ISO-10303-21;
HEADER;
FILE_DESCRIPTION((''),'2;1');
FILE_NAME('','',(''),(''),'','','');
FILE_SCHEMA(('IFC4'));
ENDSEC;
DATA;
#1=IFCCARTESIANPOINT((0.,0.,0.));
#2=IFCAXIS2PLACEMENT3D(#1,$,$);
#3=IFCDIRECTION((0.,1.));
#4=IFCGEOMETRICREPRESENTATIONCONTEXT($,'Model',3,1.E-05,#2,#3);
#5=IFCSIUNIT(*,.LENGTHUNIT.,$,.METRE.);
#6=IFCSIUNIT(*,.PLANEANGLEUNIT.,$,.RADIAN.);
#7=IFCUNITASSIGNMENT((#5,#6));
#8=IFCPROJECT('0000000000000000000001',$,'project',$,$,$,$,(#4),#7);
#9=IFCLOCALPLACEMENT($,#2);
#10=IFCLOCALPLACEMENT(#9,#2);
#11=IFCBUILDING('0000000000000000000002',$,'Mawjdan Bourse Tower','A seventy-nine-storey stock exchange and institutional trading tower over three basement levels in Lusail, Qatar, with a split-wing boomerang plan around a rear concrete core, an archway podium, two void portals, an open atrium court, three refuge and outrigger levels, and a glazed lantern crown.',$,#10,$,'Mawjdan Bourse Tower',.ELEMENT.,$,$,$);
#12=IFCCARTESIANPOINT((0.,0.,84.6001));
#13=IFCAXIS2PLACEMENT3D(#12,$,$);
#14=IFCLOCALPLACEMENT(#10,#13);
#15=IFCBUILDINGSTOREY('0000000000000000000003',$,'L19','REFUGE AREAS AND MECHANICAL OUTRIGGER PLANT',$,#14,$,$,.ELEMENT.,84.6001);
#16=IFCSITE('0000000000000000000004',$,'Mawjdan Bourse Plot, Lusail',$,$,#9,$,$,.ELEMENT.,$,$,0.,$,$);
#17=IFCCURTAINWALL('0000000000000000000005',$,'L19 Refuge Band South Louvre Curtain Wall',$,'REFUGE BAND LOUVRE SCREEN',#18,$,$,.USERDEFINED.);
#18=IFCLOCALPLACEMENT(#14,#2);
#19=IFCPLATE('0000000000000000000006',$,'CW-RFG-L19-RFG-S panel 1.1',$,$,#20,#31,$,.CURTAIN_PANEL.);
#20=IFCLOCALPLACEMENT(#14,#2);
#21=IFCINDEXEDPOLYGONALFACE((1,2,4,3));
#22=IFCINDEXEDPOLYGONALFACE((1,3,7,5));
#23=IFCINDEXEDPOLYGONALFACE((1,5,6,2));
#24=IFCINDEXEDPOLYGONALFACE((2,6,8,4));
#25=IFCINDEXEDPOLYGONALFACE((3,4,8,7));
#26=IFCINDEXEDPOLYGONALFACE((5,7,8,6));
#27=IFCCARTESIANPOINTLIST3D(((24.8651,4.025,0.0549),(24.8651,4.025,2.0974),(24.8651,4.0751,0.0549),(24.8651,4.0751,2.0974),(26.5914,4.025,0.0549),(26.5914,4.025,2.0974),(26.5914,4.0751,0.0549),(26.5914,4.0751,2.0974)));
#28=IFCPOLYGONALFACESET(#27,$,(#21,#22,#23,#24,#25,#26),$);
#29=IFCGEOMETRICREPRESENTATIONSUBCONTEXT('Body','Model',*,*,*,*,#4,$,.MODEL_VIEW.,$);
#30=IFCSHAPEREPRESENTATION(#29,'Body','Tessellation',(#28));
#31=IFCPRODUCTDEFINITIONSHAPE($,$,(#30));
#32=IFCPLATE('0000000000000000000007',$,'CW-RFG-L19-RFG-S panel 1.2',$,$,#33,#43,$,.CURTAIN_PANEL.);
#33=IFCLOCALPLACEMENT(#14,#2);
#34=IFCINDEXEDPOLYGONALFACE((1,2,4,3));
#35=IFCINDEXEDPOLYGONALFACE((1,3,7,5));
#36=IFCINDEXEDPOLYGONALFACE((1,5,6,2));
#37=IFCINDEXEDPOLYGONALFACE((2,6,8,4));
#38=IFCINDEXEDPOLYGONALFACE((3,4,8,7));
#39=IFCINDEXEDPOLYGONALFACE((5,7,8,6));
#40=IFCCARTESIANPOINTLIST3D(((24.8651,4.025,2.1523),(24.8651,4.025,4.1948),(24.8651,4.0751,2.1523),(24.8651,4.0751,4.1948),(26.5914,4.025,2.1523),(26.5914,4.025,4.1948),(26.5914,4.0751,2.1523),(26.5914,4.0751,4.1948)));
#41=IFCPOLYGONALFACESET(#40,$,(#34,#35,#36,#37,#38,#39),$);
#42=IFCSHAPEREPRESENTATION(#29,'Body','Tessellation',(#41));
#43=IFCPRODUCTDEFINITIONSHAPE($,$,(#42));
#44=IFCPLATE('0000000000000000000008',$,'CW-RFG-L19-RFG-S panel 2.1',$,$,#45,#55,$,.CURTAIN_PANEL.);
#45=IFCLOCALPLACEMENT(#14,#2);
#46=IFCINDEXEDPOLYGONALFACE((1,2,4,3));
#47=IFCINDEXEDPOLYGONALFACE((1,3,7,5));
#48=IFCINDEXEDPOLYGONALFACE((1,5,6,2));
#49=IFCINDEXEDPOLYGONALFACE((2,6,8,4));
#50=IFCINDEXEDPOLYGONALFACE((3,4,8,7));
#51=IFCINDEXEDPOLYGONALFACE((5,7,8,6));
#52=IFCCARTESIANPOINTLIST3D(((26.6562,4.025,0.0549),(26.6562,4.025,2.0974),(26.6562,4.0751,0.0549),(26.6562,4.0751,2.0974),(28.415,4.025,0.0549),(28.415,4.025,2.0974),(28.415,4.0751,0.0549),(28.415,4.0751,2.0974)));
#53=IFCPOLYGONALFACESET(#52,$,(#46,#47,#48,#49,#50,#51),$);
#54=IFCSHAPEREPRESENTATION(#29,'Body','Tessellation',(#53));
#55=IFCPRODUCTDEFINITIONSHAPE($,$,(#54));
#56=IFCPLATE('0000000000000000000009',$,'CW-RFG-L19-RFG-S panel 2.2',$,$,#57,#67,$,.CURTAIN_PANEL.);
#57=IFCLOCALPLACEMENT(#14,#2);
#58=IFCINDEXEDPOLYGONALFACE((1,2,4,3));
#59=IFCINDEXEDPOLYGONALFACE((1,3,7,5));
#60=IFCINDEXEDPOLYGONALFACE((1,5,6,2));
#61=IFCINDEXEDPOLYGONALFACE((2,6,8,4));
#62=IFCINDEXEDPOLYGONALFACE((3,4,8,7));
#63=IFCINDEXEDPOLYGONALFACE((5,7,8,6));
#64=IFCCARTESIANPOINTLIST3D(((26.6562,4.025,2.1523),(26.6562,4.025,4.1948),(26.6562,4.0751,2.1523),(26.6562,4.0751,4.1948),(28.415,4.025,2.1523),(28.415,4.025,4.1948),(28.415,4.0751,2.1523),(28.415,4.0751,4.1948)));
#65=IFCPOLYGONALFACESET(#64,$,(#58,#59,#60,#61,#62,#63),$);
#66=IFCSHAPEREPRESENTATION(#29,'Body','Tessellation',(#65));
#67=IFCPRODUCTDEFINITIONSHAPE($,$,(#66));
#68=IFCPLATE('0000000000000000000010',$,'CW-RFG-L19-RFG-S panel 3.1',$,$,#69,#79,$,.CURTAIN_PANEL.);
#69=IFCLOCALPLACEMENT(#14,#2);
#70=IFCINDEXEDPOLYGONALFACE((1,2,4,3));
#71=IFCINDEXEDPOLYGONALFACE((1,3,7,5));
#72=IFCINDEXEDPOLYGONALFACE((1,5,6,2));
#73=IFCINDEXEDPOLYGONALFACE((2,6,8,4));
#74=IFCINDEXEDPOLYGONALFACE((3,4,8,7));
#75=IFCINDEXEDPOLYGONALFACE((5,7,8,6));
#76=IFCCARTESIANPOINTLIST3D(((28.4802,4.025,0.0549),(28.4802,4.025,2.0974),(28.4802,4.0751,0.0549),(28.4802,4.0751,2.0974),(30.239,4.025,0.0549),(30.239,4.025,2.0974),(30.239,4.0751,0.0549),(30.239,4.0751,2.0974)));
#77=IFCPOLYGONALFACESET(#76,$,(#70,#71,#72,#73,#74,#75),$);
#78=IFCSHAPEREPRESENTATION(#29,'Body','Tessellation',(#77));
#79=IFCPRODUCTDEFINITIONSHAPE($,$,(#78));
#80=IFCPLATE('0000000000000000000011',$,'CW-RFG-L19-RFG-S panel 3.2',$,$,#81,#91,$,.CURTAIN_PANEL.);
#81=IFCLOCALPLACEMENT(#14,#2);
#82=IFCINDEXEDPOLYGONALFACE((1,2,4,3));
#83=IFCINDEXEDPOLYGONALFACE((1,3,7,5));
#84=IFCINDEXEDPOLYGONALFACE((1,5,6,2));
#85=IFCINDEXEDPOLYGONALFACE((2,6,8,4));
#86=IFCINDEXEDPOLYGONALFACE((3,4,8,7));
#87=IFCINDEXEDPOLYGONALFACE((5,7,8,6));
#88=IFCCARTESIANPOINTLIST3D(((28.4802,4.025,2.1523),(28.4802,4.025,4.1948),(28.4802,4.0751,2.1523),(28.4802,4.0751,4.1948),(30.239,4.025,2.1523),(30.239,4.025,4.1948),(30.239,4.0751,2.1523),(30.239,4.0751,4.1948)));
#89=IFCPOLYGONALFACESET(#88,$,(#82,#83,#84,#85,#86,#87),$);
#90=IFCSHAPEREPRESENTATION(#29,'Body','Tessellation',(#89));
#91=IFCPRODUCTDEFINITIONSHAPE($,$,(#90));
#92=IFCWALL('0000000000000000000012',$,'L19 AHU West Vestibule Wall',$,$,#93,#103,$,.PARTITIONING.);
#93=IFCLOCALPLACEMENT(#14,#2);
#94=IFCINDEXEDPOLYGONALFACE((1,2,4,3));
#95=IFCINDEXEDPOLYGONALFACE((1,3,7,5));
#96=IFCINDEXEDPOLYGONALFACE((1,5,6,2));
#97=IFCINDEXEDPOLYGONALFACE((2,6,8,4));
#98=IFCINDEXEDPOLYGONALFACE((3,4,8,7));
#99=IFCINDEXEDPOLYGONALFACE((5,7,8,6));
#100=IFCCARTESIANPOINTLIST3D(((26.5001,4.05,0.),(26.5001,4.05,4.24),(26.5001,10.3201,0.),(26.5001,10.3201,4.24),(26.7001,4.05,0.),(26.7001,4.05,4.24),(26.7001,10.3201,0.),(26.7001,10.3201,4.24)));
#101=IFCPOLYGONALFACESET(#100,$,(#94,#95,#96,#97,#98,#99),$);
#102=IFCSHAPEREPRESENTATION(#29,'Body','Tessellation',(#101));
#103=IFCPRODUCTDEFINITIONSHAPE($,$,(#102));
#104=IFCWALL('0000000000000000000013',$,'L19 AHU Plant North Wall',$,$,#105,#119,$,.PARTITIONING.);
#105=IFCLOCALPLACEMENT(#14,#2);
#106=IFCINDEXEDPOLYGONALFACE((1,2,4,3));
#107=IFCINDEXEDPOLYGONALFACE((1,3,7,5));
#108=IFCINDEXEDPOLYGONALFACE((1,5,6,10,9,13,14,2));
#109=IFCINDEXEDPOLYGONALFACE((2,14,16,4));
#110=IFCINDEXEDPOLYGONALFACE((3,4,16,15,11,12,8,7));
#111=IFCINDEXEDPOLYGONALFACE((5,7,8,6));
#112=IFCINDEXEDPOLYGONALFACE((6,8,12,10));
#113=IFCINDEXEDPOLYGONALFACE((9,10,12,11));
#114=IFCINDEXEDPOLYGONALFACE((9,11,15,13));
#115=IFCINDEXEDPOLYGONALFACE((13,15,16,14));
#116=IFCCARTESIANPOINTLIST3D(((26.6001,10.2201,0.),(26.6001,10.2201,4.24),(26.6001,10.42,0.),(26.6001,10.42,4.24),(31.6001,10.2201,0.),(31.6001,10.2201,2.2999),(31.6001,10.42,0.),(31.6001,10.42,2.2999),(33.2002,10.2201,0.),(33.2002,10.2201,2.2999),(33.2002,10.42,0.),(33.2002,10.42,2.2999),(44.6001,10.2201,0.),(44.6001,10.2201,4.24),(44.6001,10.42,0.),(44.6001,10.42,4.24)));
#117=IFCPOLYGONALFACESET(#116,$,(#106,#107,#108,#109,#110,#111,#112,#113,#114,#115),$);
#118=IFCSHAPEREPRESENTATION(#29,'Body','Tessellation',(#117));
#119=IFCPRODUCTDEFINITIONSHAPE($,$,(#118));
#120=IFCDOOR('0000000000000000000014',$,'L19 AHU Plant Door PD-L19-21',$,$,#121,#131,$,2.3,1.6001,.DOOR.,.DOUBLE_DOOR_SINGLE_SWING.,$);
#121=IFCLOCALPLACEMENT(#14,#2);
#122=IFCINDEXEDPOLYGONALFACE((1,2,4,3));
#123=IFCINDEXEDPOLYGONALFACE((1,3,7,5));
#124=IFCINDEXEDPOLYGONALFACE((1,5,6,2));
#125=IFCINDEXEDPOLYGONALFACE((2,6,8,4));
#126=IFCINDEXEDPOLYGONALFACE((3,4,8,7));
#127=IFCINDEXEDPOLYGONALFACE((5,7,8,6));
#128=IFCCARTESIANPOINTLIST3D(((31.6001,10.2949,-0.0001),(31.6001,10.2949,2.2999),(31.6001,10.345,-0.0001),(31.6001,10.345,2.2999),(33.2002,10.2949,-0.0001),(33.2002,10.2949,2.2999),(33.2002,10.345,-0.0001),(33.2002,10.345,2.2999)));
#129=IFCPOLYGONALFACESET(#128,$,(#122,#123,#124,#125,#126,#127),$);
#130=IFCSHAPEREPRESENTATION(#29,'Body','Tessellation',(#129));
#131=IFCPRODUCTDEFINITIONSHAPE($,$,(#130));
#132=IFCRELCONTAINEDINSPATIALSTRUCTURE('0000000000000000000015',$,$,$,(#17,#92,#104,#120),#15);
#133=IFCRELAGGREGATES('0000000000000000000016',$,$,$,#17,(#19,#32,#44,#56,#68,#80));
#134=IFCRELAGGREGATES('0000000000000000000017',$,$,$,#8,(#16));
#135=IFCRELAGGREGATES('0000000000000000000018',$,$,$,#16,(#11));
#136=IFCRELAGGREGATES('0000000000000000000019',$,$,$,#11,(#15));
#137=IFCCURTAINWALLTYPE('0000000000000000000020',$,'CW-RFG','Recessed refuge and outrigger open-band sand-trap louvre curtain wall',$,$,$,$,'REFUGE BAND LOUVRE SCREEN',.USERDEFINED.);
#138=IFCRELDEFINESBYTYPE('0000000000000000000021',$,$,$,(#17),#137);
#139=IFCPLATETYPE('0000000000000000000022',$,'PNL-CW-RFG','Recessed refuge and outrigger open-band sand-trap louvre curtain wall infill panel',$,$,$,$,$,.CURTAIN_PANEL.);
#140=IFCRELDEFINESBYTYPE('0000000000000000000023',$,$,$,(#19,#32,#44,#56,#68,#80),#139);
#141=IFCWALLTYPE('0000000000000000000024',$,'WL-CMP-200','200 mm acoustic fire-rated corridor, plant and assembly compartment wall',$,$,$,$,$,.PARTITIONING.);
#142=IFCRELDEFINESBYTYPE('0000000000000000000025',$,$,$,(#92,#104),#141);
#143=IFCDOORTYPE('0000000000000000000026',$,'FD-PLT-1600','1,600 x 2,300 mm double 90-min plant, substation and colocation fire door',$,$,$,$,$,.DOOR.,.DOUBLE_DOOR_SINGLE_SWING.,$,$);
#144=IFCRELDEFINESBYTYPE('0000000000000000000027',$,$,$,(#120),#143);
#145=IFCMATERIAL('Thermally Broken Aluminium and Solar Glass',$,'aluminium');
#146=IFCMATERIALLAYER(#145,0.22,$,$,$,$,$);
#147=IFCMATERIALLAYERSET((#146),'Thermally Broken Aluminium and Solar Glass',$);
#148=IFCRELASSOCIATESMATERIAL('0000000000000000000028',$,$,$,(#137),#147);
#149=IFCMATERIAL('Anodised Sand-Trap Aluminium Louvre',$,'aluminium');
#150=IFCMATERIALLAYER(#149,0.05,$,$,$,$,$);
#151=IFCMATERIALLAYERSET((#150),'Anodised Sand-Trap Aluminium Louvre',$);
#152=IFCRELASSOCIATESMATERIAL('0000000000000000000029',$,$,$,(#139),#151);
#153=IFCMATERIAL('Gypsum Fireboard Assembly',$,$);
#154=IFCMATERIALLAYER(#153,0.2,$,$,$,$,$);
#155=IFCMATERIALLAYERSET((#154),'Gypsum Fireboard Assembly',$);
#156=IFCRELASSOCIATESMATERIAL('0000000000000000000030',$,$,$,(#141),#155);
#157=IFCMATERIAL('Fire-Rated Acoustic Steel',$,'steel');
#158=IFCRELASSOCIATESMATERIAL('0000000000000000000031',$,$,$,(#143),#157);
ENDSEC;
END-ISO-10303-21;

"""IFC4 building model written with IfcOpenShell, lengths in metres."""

from ifc_helpers import new_model, si_unit, direction, frame, frame_2d, origin, origin_2d, place, context, subcontext, project, spatial, rectangle, extrude, material, layer, layer_set, type_object, element, fill, aggregate, save


model = new_model("IFC4")

# Units and contexts
model_context = context("Model", 3, precision=1e-05, world=origin(), true_north=direction((0.0, 1.0)))
body_context = subcontext(model_context, "Body", "Model", "MODEL_VIEW")
ifc_project = project(units=[si_unit("LENGTHUNIT", "METRE"), si_unit("PLANEANGLEUNIT", "RADIAN")], contexts=[model_context])

# Site, building, storey
site_placement = place(None, origin())
site = spatial("IfcSite", under=ifc_project, at=site_placement, Name="Mawjdan Bourse Plot, Lusail", CompositionType="ELEMENT", RefElevation=0.0)
building_placement = place(site_placement, origin())
building = spatial("IfcBuilding", under=site, at=building_placement, Name="Mawjdan Bourse Tower", Description="A seventy-nine-storey stock exchange and institutional trading tower over three basement levels in Lusail, Qatar, with a split-wing boomerang plan around a rear concrete core, an archway podium, two void portals, an open atrium court, three refuge and outrigger levels, and a glazed lantern crown.", LongName="Mawjdan Bourse Tower", CompositionType="ELEMENT")
storey_placement = place(building_placement, frame((0.0, 0.0, 84.6001)))
storey = spatial("IfcBuildingStorey", under=building, at=storey_placement, Name="L19", Description="REFUGE AREAS AND MECHANICAL OUTRIGGER PLANT", CompositionType="ELEMENT", Elevation=84.6001)

# Curtain wall
ifc_material_1 = material(Name="Thermally Broken Aluminium and Solar Glass", Category="aluminium")
ifc_layer_1 = layer(ifc_material_1, 0.22)
ifc_layer_set_1 = layer_set([ifc_layer_1], Name="Thermally Broken Aluminium and Solar Glass")
curtain_wall_type = type_object("IfcCurtainWallType", Name="CW-RFG", Description="Recessed refuge and outrigger open-band sand-trap louvre curtain wall", ElementType="REFUGE BAND LOUVRE SCREEN", PredefinedType="USERDEFINED", material=ifc_layer_set_1)
curtain_wall_placement = place(storey_placement, origin())
curtain_wall = element("IfcCurtainWall", 1, at=curtain_wall_placement, inside=storey, type_object=curtain_wall_type, Name="L19 Refuge Band South Louvre Curtain Wall", ObjectType="REFUGE BAND LOUVRE SCREEN", PredefinedType="USERDEFINED")

# Plates
ifc_material_2 = material(Name="Anodised Sand-Trap Aluminium Louvre", Category="aluminium")
ifc_layer_2 = layer(ifc_material_2, 0.05)
ifc_layer_set_2 = layer_set([ifc_layer_2], Name="Anodised Sand-Trap Aluminium Louvre")
plate_type_1 = type_object("IfcPlateType", Name="PNL-CW-RFG", Description="Recessed refuge and outrigger open-band sand-trap louvre curtain wall infill panel", PredefinedType="CURTAIN_PANEL", material=ifc_layer_set_2)
plate_1_placement = place(storey_placement, frame((25.7283, 4.05, 0.0549), z_axis=(0.0, 0.0, 1.0), x_axis=(1.0, 0.0, 0.0)))
plate_1 = element("IfcPlate", 2, at=plate_1_placement, type_object=plate_type_1, Name="CW-RFG-L19-RFG-S panel 1.1", PredefinedType="CURTAIN_PANEL", context=body_context, shape_type="SweptSolid", body=[
    extrude(rectangle(XDim=1.7263, YDim=0.05, at=origin_2d()), origin(), (0.0, 0.0, 1.0), 2.0425),
])
plate_2_placement = place(storey_placement, frame((25.7283, 4.05, 2.1523), z_axis=(0.0, 0.0, 1.0), x_axis=(1.0, 0.0, 0.0)))
plate_2 = element("IfcPlate", 3, at=plate_2_placement, type_object=plate_type_1, Name="CW-RFG-L19-RFG-S panel 1.2", PredefinedType="CURTAIN_PANEL", context=body_context, shape_type="SweptSolid", body=[
    extrude(rectangle(XDim=1.7263, YDim=0.05, at=origin_2d()), origin(), (0.0, 0.0, 1.0), 2.0425),
])
plate_3_placement = place(storey_placement, frame((27.5356, 4.05, 0.0549), z_axis=(0.0, 0.0, 1.0), x_axis=(1.0, 0.0, 0.0)))
plate_3 = element("IfcPlate", 4, at=plate_3_placement, type_object=plate_type_1, Name="CW-RFG-L19-RFG-S panel 2.1", PredefinedType="CURTAIN_PANEL", context=body_context, shape_type="SweptSolid", body=[
    extrude(rectangle(XDim=1.7588, YDim=0.05, at=origin_2d()), origin(), (0.0, 0.0, 1.0), 2.0425),
])
plate_4_placement = place(storey_placement, frame((27.5356, 4.05, 2.1523), z_axis=(0.0, 0.0, 1.0), x_axis=(1.0, 0.0, 0.0)))
plate_4 = element("IfcPlate", 5, at=plate_4_placement, type_object=plate_type_1, Name="CW-RFG-L19-RFG-S panel 2.2", PredefinedType="CURTAIN_PANEL", context=body_context, shape_type="SweptSolid", body=[
    extrude(rectangle(XDim=1.7588, YDim=0.05, at=origin_2d()), origin(), (0.0, 0.0, 1.0), 2.0425),
])
plate_5_placement = place(storey_placement, frame((29.3596, 4.05, 0.0549), z_axis=(0.0, 0.0, 1.0), x_axis=(1.0, 0.0, 0.0)))
plate_5 = element("IfcPlate", 6, at=plate_5_placement, type_object=plate_type_1, Name="CW-RFG-L19-RFG-S panel 3.1", PredefinedType="CURTAIN_PANEL", context=body_context, shape_type="SweptSolid", body=[
    extrude(rectangle(XDim=1.7588, YDim=0.05, at=origin_2d()), origin(), (0.0, 0.0, 1.0), 2.0425),
])
plate_6_placement = place(storey_placement, frame((29.3596, 4.05, 2.1523), z_axis=(0.0, 0.0, 1.0), x_axis=(1.0, 0.0, 0.0)))
plate_6 = element("IfcPlate", 7, at=plate_6_placement, type_object=plate_type_1, Name="CW-RFG-L19-RFG-S panel 3.2", PredefinedType="CURTAIN_PANEL", context=body_context, shape_type="SweptSolid", body=[
    extrude(rectangle(XDim=1.7588, YDim=0.05, at=origin_2d()), origin(), (0.0, 0.0, 1.0), 2.0425),
])
aggregate(curtain_wall, [plate_1, plate_2, plate_3, plate_4, plate_5, plate_6])

# Wall
ifc_material_3 = material(Name="Gypsum Fireboard Assembly")
ifc_layer_3 = layer(ifc_material_3, 0.2)
ifc_layer_set_3 = layer_set([ifc_layer_3], Name="Gypsum Fireboard Assembly")
wall_type = type_object("IfcWallType", Name="WL-CMP-200", Description="200 mm acoustic fire-rated corridor, plant and assembly compartment wall", PredefinedType="PARTITIONING", material=ifc_layer_set_3)
wall_1_placement = place(storey_placement, frame((26.6001, 4.05, 0.0), z_axis=(0.0, 0.0, 1.0), x_axis=(0.0, 1.0, 0.0)))
element("IfcWall", 8, at=wall_1_placement, inside=storey, type_object=wall_type, Name="L19 AHU West Vestibule Wall", PredefinedType="PARTITIONING", context=body_context, shape_type="SweptSolid", body=[
    extrude(rectangle(XDim=6.27, YDim=0.2, at=frame_2d((3.135, 0.0))), origin(), (0.0, 0.0, 1.0), 4.24),
])

# Wall, opening, door
wall_2_placement = place(storey_placement, frame((26.6001, 10.3201, 0.0), z_axis=(0.0, 0.0, 1.0), x_axis=(1.0, 0.0, 0.0)))
wall_2 = element("IfcWall", 9, at=wall_2_placement, inside=storey, type_object=wall_type, Name="L19 AHU Plant North Wall", PredefinedType="PARTITIONING", context=body_context, shape_type="SweptSolid", body=[
    extrude(rectangle(XDim=18.0, YDim=0.2, at=frame_2d((9.0, 0.0))), origin(), (0.0, 0.0, 1.0), 4.24),
])
opening_placement = place(wall_2_placement, frame((5.0, 0.0, 0.0)))
opening = element("IfcOpeningElement", 10, at=opening_placement, cuts=wall_2, PredefinedType="OPENING", context=body_context, shape_type="SweptSolid", body=[
    extrude(rectangle(XDim=1.6001, YDim=2.3, at=frame_2d((0.8, 1.1499))), frame((0.0, 0.1099, 0.0), z_axis=(0.0, -1.0, 0.0), x_axis=(1.0, 0.0, 0.0)), (0.0, 0.0, 1.0), 0.22),
])
ifc_material_4 = material(Name="Fire-Rated Acoustic Steel", Category="steel")
door_type = type_object("IfcDoorType", Name="FD-PLT-1600", Description="1,600 x 2,300 mm double 90-min plant, substation and colocation fire door", OperationType="DOUBLE_DOOR_SINGLE_SWING", PredefinedType="DOOR", material=ifc_material_4)
door_placement = place(opening_placement, origin())
door = element("IfcDoor", 11, at=door_placement, inside=storey, type_object=door_type, Name="L19 AHU Plant Door PD-L19-21", OperationType="DOUBLE_DOOR_SINGLE_SWING", OverallHeight=2.3, OverallWidth=1.6001, PredefinedType="DOOR", context=body_context, shape_type="SweptSolid", body=[
    extrude(rectangle(XDim=1.6001, YDim=2.3, at=frame_2d((0.8, 1.1499))), frame((0.0, 0.0249, 0.0), z_axis=(0.0, -1.0, 0.0), x_axis=(1.0, 0.0, 0.0)), (0.0, 0.0, 1.0), 0.05),
])
fill(opening, door)

save(model, "model.ifc")
